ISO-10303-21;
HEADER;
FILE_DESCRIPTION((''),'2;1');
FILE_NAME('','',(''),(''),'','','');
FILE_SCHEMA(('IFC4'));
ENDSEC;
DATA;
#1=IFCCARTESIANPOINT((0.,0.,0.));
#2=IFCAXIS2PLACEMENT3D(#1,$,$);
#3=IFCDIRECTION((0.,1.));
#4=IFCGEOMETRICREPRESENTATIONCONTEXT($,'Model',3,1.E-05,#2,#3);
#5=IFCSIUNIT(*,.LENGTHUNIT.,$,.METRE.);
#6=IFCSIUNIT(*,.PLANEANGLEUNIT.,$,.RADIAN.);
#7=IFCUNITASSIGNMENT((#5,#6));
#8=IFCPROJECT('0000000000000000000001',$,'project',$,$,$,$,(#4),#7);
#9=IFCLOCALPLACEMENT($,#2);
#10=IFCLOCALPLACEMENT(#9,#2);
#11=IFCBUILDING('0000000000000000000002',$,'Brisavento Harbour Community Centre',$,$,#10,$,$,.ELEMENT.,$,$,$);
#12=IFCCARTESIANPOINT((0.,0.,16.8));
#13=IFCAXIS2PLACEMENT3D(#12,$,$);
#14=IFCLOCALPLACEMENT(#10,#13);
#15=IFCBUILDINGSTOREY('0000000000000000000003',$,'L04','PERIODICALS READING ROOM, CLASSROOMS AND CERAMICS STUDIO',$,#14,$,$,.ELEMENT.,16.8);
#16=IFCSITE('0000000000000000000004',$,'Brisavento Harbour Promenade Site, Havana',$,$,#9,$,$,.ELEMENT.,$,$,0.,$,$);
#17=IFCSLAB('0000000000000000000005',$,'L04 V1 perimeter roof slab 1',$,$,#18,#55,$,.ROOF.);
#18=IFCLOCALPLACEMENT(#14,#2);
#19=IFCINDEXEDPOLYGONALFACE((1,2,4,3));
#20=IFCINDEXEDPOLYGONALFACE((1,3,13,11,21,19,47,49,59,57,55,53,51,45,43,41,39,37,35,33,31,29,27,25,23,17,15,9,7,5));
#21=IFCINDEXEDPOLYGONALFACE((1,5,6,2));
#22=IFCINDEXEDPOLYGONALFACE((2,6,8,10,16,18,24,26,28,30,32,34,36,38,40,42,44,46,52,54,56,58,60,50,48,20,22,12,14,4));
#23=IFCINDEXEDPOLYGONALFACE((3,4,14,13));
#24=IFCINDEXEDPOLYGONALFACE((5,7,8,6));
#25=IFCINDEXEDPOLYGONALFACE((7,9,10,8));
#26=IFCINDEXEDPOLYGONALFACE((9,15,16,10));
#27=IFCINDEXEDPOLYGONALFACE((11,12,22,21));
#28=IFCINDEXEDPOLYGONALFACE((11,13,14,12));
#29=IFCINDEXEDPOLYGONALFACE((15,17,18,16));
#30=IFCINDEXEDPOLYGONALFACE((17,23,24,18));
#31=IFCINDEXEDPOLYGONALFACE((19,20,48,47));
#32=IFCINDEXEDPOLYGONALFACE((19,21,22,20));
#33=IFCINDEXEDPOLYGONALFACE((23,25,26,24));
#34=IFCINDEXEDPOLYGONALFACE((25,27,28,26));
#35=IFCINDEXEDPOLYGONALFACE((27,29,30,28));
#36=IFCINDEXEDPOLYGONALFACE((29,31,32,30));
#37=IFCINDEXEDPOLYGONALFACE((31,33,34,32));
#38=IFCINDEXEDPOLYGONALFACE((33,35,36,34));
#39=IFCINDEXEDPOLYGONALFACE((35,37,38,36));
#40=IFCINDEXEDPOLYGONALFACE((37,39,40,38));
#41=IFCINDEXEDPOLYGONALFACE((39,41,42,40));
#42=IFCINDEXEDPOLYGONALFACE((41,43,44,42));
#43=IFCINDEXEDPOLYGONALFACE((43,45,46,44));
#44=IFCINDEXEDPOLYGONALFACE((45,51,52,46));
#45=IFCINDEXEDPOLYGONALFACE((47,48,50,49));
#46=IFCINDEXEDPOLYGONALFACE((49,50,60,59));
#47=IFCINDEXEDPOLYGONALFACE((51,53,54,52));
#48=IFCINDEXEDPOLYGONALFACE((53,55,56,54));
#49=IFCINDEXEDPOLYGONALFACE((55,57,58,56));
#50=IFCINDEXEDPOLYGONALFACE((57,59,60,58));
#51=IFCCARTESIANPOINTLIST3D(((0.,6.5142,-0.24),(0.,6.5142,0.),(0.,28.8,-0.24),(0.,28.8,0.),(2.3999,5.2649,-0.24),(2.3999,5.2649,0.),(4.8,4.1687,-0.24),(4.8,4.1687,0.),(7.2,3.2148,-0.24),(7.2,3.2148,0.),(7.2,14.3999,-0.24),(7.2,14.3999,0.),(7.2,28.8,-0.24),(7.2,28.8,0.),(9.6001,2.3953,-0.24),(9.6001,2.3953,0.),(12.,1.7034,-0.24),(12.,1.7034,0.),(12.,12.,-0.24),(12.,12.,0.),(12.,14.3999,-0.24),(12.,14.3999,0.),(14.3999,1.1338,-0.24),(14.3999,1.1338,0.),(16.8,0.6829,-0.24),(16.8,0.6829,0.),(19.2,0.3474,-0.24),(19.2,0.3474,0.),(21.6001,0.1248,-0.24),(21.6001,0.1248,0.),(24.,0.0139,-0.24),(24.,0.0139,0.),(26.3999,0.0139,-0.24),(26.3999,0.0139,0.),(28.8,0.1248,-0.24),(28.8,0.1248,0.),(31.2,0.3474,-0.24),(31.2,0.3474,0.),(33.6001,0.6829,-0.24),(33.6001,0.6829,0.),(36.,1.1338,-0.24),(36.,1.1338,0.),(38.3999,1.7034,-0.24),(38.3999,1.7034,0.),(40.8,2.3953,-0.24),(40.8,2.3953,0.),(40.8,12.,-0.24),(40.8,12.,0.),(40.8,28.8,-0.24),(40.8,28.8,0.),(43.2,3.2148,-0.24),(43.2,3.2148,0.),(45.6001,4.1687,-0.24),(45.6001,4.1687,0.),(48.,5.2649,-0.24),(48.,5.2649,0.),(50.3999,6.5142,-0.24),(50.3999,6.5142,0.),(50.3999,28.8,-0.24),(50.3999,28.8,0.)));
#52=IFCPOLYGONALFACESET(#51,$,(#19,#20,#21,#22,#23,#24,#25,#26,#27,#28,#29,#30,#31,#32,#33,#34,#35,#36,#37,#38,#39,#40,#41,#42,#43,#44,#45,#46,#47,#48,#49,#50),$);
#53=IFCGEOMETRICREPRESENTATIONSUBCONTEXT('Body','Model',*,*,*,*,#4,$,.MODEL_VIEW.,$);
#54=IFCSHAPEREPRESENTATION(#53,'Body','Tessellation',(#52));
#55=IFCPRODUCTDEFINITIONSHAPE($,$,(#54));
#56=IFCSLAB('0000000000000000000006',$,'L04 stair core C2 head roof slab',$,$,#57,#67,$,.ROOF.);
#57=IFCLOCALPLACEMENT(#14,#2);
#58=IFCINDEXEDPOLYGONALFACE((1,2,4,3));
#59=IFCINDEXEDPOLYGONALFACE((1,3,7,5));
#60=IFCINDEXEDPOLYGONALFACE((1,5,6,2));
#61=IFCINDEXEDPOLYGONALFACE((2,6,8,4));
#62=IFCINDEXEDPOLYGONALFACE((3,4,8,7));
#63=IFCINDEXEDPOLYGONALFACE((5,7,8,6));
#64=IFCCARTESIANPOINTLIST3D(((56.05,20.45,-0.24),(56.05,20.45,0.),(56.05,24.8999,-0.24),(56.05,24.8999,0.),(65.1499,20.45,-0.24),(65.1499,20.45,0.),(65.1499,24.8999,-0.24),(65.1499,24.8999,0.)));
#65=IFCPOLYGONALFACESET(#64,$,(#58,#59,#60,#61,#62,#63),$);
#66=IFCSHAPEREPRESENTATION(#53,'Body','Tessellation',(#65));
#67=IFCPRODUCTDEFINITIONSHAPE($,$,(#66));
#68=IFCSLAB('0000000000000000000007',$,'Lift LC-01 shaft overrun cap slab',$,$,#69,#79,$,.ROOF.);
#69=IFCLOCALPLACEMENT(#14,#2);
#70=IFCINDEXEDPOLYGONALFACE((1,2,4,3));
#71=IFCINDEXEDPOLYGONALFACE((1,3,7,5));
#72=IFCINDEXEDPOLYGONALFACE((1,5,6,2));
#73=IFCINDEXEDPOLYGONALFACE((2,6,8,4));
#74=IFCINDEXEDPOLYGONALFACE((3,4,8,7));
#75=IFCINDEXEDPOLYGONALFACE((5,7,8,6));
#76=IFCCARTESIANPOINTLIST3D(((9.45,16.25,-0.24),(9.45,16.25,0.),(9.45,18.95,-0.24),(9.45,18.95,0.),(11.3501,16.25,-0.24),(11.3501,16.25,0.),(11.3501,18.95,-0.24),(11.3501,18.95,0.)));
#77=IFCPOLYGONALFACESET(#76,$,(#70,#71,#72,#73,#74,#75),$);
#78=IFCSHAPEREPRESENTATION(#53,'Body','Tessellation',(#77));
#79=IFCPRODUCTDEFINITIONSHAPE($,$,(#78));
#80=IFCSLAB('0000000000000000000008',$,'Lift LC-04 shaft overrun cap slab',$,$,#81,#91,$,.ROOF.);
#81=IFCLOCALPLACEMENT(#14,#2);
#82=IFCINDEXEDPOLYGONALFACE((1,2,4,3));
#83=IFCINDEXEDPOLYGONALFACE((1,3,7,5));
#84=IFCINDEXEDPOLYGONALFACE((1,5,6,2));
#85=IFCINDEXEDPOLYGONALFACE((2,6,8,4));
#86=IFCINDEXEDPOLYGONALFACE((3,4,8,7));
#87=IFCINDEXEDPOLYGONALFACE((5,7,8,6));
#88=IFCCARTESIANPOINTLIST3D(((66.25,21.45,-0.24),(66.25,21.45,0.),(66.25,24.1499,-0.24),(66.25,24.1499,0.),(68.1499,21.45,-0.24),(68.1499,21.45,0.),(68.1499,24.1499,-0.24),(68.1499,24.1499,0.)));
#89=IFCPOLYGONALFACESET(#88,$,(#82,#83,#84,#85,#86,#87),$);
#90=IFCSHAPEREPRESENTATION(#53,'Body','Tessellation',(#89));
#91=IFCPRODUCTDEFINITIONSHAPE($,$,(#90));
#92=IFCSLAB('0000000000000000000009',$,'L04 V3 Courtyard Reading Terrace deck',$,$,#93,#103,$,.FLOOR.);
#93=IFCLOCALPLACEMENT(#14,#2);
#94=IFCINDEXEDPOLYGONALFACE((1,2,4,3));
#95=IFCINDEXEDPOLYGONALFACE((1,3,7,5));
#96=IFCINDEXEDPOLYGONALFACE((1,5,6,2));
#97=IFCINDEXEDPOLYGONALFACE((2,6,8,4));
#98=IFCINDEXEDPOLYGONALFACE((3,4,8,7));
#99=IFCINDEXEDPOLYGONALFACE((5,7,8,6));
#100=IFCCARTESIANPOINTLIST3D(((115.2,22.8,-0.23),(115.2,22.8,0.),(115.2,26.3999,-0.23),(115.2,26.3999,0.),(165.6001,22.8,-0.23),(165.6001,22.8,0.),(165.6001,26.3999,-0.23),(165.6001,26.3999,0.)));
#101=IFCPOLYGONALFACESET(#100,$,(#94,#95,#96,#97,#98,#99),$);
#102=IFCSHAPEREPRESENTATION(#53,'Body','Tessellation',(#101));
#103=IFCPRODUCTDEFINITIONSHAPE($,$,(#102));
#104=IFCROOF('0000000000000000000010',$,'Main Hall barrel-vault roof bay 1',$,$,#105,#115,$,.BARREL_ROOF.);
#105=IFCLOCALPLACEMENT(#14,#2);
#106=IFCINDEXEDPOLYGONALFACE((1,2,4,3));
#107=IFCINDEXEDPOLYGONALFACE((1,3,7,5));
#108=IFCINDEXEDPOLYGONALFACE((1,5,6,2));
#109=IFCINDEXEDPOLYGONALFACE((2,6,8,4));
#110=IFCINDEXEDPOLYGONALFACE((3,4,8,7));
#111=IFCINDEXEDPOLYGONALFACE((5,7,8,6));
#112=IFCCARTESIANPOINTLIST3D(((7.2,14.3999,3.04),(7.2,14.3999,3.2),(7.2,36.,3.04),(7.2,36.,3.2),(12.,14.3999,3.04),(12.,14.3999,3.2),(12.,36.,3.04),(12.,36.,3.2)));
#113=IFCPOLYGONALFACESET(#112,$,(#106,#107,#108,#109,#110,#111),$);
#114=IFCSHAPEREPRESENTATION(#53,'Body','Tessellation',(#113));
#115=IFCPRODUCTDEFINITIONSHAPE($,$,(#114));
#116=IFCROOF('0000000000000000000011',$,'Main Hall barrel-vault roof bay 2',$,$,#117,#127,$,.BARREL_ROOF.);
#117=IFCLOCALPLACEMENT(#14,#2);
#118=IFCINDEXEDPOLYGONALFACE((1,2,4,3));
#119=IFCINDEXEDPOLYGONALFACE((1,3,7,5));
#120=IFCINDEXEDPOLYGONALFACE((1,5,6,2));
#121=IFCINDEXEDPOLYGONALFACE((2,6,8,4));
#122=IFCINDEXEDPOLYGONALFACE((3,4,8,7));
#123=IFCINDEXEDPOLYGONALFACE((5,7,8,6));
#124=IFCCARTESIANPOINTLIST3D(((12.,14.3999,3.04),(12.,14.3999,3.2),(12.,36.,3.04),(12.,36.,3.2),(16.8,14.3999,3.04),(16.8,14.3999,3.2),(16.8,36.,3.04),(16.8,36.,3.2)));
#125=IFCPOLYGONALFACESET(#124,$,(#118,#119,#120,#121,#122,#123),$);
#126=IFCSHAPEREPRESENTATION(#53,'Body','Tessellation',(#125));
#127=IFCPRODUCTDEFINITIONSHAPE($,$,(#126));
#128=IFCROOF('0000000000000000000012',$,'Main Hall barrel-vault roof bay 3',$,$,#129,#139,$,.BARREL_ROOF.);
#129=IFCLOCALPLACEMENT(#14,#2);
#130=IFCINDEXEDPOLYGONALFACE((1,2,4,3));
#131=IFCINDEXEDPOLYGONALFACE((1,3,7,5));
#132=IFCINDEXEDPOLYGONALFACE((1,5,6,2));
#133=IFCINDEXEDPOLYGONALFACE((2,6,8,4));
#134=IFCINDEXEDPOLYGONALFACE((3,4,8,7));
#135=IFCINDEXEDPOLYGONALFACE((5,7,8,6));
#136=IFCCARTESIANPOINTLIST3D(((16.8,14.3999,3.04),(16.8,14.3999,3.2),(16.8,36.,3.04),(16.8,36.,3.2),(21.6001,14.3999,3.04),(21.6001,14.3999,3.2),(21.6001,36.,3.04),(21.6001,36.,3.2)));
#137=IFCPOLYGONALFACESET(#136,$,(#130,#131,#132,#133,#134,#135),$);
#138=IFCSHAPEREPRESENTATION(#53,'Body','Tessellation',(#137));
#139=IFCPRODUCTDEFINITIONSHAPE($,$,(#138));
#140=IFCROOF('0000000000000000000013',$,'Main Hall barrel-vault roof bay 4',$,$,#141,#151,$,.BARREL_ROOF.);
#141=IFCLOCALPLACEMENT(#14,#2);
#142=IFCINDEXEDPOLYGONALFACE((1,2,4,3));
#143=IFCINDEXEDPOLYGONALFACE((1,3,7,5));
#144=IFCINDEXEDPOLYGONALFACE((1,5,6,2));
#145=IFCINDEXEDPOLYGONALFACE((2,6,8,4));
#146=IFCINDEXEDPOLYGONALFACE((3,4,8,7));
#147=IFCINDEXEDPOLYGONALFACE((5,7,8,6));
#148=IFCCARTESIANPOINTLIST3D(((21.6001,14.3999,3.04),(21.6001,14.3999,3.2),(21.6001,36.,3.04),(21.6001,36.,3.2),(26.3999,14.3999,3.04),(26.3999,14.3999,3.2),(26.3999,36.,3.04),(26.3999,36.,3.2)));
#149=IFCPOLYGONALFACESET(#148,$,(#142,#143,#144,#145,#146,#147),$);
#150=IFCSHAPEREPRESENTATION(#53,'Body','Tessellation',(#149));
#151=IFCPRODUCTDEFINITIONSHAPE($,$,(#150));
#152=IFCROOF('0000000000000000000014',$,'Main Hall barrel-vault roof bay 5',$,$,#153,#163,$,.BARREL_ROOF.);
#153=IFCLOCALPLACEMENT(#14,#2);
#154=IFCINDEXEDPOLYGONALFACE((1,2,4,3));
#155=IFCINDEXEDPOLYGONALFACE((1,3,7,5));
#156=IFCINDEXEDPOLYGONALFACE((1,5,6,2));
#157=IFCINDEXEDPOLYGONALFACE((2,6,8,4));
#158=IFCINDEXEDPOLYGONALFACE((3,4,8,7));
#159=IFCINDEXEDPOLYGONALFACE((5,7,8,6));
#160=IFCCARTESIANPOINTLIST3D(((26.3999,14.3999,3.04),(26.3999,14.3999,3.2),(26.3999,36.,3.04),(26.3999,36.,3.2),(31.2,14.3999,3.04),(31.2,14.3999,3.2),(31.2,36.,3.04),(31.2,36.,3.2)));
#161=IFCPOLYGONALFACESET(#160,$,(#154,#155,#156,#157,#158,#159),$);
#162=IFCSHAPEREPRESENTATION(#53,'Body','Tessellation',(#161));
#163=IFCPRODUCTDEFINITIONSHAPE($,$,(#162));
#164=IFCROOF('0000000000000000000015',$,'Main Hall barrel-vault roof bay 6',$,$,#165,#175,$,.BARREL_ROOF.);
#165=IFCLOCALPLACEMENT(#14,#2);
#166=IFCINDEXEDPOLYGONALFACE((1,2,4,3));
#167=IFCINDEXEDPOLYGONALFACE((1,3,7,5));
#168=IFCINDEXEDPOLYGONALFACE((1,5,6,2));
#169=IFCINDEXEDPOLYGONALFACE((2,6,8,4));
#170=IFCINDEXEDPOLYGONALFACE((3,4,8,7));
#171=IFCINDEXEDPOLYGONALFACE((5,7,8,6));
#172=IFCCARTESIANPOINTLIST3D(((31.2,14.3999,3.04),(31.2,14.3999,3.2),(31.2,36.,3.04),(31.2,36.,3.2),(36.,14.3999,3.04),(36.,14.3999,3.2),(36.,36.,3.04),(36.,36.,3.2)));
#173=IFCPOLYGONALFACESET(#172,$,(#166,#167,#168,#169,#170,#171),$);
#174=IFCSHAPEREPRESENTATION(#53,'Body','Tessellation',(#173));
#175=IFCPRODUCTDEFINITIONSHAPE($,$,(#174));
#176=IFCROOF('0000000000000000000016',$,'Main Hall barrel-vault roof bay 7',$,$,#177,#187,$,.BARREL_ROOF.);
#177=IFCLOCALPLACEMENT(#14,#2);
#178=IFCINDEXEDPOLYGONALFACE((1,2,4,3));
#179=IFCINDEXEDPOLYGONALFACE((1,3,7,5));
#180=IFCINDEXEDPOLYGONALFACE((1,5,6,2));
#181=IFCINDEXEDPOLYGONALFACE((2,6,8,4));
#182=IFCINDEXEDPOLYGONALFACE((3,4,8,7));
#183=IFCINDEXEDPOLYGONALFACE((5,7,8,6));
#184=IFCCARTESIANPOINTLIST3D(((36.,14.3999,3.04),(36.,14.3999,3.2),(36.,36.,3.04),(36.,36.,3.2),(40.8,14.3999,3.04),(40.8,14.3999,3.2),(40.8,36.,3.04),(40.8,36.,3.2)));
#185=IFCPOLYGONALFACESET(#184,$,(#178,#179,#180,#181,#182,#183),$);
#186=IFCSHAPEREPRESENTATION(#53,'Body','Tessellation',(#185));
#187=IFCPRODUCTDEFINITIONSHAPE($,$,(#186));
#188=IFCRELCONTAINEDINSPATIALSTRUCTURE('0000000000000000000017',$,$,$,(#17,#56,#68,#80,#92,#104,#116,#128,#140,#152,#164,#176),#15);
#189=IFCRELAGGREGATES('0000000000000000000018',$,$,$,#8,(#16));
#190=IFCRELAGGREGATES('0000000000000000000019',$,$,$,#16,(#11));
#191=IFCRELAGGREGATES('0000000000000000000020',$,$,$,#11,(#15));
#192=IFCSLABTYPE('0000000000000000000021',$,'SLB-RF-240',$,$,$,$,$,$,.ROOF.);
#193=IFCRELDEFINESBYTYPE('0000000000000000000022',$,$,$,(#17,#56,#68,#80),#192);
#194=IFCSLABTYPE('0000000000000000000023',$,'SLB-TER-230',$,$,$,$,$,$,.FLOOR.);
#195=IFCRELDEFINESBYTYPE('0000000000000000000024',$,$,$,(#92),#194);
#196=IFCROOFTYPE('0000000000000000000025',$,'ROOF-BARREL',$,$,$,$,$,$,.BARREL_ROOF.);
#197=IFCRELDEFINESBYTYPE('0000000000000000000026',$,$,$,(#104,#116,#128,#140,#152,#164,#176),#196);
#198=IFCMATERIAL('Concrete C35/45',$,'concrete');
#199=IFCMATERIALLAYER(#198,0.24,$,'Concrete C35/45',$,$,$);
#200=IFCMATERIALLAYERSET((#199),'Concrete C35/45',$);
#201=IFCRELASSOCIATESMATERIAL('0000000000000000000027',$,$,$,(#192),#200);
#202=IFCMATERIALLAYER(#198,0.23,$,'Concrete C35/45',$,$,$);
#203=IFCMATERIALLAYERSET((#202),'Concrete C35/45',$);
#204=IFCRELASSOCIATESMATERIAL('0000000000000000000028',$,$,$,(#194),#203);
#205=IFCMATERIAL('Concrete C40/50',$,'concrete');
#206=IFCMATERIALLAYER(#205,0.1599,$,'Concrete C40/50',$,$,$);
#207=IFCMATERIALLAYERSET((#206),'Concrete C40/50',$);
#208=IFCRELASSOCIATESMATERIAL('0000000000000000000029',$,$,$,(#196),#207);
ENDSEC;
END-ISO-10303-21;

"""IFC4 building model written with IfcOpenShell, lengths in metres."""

from ifc_helpers import new_model, si_unit, direction, frame, origin, place, context, subcontext, project, spatial, polyline, outline, extrude, material, layer, layer_set, type_object, element, save


model = new_model("IFC4")

# Units and contexts
model_context = context("Model", 3, precision=1e-05, world=origin(), true_north=direction((0.0, 1.0)))
body_context = subcontext(model_context, "Body", "Model", "MODEL_VIEW")
ifc_project = project(units=[si_unit("LENGTHUNIT", "METRE"), si_unit("PLANEANGLEUNIT", "RADIAN")], contexts=[model_context])

# Site, building, storey
site_placement = place(None, origin())
site = spatial("IfcSite", under=ifc_project, at=site_placement, Name="Brisavento Harbour Promenade Site, Havana", CompositionType="ELEMENT", RefElevation=0.0)
building_placement = place(site_placement, origin())
building = spatial("IfcBuilding", under=site, at=building_placement, Name="Brisavento Harbour Community Centre", CompositionType="ELEMENT")
storey_placement = place(building_placement, frame((0.0, 0.0, 16.8)))
storey = spatial("IfcBuildingStorey", under=building, at=storey_placement, Name="L04", Description="PERIODICALS READING ROOM, CLASSROOMS AND CERAMICS STUDIO", CompositionType="ELEMENT", Elevation=16.8)

# Shared definitions
ifc_material_1 = material(Name="Concrete C40/50", Category="concrete")

# Shared definitions
ifc_material_2 = material(Name="Concrete C35/45", Category="concrete")

# Slabs
ifc_layer_1 = layer(ifc_material_2, 0.24, Name="Concrete C35/45")
ifc_layer_set_1 = layer_set([ifc_layer_1], Name="Concrete C35/45")
slab_type_1 = type_object("IfcSlabType", Name="SLB-RF-240", PredefinedType="ROOF", material=ifc_layer_set_1)
slab_1_placement = place(storey_placement, frame((0.0, 0.0, -0.24)))
element("IfcSlab", 1, at=slab_1_placement, inside=storey, type_object=slab_type_1, Name="L04 V1 perimeter roof slab 1", PredefinedType="ROOF", context=body_context, shape_type="SweptSolid", body=[
    extrude(outline(polyline([(40.8, 28.8), (40.8, 12.0), (12.0, 12.0), (12.0, 14.3999), (7.2, 14.3999), (7.2, 28.8), (0.0, 28.8), (0.0, 6.5142), (2.3999, 5.2649), (4.8, 4.1687), (7.2, 3.2148), (9.6001, 2.3953), (12.0, 1.7034), (14.3999, 1.1338), (16.8, 0.6829), (19.2, 0.3474), (21.6001, 0.1248), (24.0, 0.0139), (26.3999, 0.0139), (28.8, 0.1248), (31.2, 0.3474), (33.6001, 0.6829), (36.0, 1.1338), (38.3999, 1.7034), (40.8, 2.3953), (43.2, 3.2148), (45.6001, 4.1687), (48.0, 5.2649), (50.3999, 6.5142), (50.3999, 28.8), (40.8, 28.8)])), origin(), (0.0, 0.0, 1.0), 0.24),
])
slab_2_placement = place(storey_placement, frame((0.0, 0.0, -0.24)))
element("IfcSlab", 2, at=slab_2_placement, inside=storey, type_object=slab_type_1, Name="L04 stair core C2 head roof slab", PredefinedType="ROOF", context=body_context, shape_type="SweptSolid", body=[
    extrude(outline(polyline([(56.05, 20.45), (65.1499, 20.45), (65.1499, 24.8999), (56.05, 24.8999), (56.05, 20.45)])), origin(), (0.0, 0.0, 1.0), 0.24),
])
slab_3_placement = place(storey_placement, frame((0.0, 0.0, -0.24)))
element("IfcSlab", 3, at=slab_3_placement, inside=storey, type_object=slab_type_1, Name="Lift LC-01 shaft overrun cap slab", PredefinedType="ROOF", context=body_context, shape_type="SweptSolid", body=[
    extrude(outline(polyline([(9.45, 16.25), (11.3501, 16.25), (11.3501, 18.95), (9.45, 18.95), (9.45, 16.25)])), origin(), (0.0, 0.0, 1.0), 0.24),
])
slab_4_placement = place(storey_placement, frame((0.0, 0.0, -0.24)))
element("IfcSlab", 4, at=slab_4_placement, inside=storey, type_object=slab_type_1, Name="Lift LC-04 shaft overrun cap slab", PredefinedType="ROOF", context=body_context, shape_type="SweptSolid", body=[
    extrude(outline(polyline([(66.25, 21.45), (68.1499, 21.45), (68.1499, 24.1499), (66.25, 24.1499), (66.25, 21.45)])), origin(), (0.0, 0.0, 1.0), 0.24),
])
ifc_layer_2 = layer(ifc_material_2, 0.23, Name="Concrete C35/45")
ifc_layer_set_2 = layer_set([ifc_layer_2], Name="Concrete C35/45")
slab_type_2 = type_object("IfcSlabType", Name="SLB-TER-230", PredefinedType="FLOOR", material=ifc_layer_set_2)
slab_5_placement = place(storey_placement, frame((0.0, 0.0, -0.23)))
element("IfcSlab", 5, at=slab_5_placement, inside=storey, type_object=slab_type_2, Name="L04 V3 Courtyard Reading Terrace deck", PredefinedType="FLOOR", context=body_context, shape_type="SweptSolid", body=[
    extrude(outline(polyline([(115.2, 22.8), (165.6001, 22.8), (165.6001, 26.3999), (115.2, 26.3999), (115.2, 22.8)])), origin(), (0.0, 0.0, 1.0), 0.23),
])

# Roofs
ifc_layer_3 = layer(ifc_material_1, 0.1599, Name="Concrete C40/50")
ifc_layer_set_3 = layer_set([ifc_layer_3], Name="Concrete C40/50")
roof_type = type_object("IfcRoofType", Name="ROOF-BARREL", PredefinedType="BARREL_ROOF", material=ifc_layer_set_3)
roof_1_placement = place(storey_placement, frame((0.0, 0.0, 3.04)))
element("IfcRoof", 6, at=roof_1_placement, inside=storey, type_object=roof_type, Name="Main Hall barrel-vault roof bay 1", PredefinedType="BARREL_ROOF", context=body_context, shape_type="SweptSolid", body=[
    extrude(outline(polyline([(7.2, 14.3999), (12.0, 14.3999), (12.0, 36.0), (7.2, 36.0), (7.2, 14.3999)])), origin(), (0.0, 0.0, 1.0), 0.1599),
])
roof_2_placement = place(storey_placement, frame((0.0, 0.0, 3.04)))
element("IfcRoof", 7, at=roof_2_placement, inside=storey, type_object=roof_type, Name="Main Hall barrel-vault roof bay 2", PredefinedType="BARREL_ROOF", context=body_context, shape_type="SweptSolid", body=[
    extrude(outline(polyline([(12.0, 14.3999), (16.8, 14.3999), (16.8, 36.0), (12.0, 36.0), (12.0, 14.3999)])), origin(), (0.0, 0.0, 1.0), 0.1599),
])
roof_3_placement = place(storey_placement, frame((0.0, 0.0, 3.04)))
element("IfcRoof", 8, at=roof_3_placement, inside=storey, type_object=roof_type, Name="Main Hall barrel-vault roof bay 3", PredefinedType="BARREL_ROOF", context=body_context, shape_type="SweptSolid", body=[
    extrude(outline(polyline([(16.8, 14.3999), (21.6001, 14.3999), (21.6001, 36.0), (16.8, 36.0), (16.8, 14.3999)])), origin(), (0.0, 0.0, 1.0), 0.1599),
])
roof_4_placement = place(storey_placement, frame((0.0, 0.0, 3.04)))
element("IfcRoof", 9, at=roof_4_placement, inside=storey, type_object=roof_type, Name="Main Hall barrel-vault roof bay 4", PredefinedType="BARREL_ROOF", context=body_context, shape_type="SweptSolid", body=[
    extrude(outline(polyline([(21.6001, 14.3999), (26.3999, 14.3999), (26.3999, 36.0), (21.6001, 36.0), (21.6001, 14.3999)])), origin(), (0.0, 0.0, 1.0), 0.1599),
])
roof_5_placement = place(storey_placement, frame((0.0, 0.0, 3.04)))
element("IfcRoof", 10, at=roof_5_placement, inside=storey, type_object=roof_type, Name="Main Hall barrel-vault roof bay 5", PredefinedType="BARREL_ROOF", context=body_context, shape_type="SweptSolid", body=[
    extrude(outline(polyline([(26.3999, 14.3999), (31.2, 14.3999), (31.2, 36.0), (26.3999, 36.0), (26.3999, 14.3999)])), origin(), (0.0, 0.0, 1.0), 0.1599),
])
roof_6_placement = place(storey_placement, frame((0.0, 0.0, 3.04)))
element("IfcRoof", 11, at=roof_6_placement, inside=storey, type_object=roof_type, Name="Main Hall barrel-vault roof bay 6", PredefinedType="BARREL_ROOF", context=body_context, shape_type="SweptSolid", body=[
    extrude(outline(polyline([(31.2, 14.3999), (36.0, 14.3999), (36.0, 36.0), (31.2, 36.0), (31.2, 14.3999)])), origin(), (0.0, 0.0, 1.0), 0.1599),
])
roof_7_placement = place(storey_placement, frame((0.0, 0.0, 3.04)))
element("IfcRoof", 12, at=roof_7_placement, inside=storey, type_object=roof_type, Name="Main Hall barrel-vault roof bay 7", PredefinedType="BARREL_ROOF", context=body_context, shape_type="SweptSolid", body=[
    extrude(outline(polyline([(36.0, 14.3999), (40.8, 14.3999), (40.8, 36.0), (36.0, 36.0), (36.0, 14.3999)])), origin(), (0.0, 0.0, 1.0), 0.1599),
])

save(model, "model.ifc")
